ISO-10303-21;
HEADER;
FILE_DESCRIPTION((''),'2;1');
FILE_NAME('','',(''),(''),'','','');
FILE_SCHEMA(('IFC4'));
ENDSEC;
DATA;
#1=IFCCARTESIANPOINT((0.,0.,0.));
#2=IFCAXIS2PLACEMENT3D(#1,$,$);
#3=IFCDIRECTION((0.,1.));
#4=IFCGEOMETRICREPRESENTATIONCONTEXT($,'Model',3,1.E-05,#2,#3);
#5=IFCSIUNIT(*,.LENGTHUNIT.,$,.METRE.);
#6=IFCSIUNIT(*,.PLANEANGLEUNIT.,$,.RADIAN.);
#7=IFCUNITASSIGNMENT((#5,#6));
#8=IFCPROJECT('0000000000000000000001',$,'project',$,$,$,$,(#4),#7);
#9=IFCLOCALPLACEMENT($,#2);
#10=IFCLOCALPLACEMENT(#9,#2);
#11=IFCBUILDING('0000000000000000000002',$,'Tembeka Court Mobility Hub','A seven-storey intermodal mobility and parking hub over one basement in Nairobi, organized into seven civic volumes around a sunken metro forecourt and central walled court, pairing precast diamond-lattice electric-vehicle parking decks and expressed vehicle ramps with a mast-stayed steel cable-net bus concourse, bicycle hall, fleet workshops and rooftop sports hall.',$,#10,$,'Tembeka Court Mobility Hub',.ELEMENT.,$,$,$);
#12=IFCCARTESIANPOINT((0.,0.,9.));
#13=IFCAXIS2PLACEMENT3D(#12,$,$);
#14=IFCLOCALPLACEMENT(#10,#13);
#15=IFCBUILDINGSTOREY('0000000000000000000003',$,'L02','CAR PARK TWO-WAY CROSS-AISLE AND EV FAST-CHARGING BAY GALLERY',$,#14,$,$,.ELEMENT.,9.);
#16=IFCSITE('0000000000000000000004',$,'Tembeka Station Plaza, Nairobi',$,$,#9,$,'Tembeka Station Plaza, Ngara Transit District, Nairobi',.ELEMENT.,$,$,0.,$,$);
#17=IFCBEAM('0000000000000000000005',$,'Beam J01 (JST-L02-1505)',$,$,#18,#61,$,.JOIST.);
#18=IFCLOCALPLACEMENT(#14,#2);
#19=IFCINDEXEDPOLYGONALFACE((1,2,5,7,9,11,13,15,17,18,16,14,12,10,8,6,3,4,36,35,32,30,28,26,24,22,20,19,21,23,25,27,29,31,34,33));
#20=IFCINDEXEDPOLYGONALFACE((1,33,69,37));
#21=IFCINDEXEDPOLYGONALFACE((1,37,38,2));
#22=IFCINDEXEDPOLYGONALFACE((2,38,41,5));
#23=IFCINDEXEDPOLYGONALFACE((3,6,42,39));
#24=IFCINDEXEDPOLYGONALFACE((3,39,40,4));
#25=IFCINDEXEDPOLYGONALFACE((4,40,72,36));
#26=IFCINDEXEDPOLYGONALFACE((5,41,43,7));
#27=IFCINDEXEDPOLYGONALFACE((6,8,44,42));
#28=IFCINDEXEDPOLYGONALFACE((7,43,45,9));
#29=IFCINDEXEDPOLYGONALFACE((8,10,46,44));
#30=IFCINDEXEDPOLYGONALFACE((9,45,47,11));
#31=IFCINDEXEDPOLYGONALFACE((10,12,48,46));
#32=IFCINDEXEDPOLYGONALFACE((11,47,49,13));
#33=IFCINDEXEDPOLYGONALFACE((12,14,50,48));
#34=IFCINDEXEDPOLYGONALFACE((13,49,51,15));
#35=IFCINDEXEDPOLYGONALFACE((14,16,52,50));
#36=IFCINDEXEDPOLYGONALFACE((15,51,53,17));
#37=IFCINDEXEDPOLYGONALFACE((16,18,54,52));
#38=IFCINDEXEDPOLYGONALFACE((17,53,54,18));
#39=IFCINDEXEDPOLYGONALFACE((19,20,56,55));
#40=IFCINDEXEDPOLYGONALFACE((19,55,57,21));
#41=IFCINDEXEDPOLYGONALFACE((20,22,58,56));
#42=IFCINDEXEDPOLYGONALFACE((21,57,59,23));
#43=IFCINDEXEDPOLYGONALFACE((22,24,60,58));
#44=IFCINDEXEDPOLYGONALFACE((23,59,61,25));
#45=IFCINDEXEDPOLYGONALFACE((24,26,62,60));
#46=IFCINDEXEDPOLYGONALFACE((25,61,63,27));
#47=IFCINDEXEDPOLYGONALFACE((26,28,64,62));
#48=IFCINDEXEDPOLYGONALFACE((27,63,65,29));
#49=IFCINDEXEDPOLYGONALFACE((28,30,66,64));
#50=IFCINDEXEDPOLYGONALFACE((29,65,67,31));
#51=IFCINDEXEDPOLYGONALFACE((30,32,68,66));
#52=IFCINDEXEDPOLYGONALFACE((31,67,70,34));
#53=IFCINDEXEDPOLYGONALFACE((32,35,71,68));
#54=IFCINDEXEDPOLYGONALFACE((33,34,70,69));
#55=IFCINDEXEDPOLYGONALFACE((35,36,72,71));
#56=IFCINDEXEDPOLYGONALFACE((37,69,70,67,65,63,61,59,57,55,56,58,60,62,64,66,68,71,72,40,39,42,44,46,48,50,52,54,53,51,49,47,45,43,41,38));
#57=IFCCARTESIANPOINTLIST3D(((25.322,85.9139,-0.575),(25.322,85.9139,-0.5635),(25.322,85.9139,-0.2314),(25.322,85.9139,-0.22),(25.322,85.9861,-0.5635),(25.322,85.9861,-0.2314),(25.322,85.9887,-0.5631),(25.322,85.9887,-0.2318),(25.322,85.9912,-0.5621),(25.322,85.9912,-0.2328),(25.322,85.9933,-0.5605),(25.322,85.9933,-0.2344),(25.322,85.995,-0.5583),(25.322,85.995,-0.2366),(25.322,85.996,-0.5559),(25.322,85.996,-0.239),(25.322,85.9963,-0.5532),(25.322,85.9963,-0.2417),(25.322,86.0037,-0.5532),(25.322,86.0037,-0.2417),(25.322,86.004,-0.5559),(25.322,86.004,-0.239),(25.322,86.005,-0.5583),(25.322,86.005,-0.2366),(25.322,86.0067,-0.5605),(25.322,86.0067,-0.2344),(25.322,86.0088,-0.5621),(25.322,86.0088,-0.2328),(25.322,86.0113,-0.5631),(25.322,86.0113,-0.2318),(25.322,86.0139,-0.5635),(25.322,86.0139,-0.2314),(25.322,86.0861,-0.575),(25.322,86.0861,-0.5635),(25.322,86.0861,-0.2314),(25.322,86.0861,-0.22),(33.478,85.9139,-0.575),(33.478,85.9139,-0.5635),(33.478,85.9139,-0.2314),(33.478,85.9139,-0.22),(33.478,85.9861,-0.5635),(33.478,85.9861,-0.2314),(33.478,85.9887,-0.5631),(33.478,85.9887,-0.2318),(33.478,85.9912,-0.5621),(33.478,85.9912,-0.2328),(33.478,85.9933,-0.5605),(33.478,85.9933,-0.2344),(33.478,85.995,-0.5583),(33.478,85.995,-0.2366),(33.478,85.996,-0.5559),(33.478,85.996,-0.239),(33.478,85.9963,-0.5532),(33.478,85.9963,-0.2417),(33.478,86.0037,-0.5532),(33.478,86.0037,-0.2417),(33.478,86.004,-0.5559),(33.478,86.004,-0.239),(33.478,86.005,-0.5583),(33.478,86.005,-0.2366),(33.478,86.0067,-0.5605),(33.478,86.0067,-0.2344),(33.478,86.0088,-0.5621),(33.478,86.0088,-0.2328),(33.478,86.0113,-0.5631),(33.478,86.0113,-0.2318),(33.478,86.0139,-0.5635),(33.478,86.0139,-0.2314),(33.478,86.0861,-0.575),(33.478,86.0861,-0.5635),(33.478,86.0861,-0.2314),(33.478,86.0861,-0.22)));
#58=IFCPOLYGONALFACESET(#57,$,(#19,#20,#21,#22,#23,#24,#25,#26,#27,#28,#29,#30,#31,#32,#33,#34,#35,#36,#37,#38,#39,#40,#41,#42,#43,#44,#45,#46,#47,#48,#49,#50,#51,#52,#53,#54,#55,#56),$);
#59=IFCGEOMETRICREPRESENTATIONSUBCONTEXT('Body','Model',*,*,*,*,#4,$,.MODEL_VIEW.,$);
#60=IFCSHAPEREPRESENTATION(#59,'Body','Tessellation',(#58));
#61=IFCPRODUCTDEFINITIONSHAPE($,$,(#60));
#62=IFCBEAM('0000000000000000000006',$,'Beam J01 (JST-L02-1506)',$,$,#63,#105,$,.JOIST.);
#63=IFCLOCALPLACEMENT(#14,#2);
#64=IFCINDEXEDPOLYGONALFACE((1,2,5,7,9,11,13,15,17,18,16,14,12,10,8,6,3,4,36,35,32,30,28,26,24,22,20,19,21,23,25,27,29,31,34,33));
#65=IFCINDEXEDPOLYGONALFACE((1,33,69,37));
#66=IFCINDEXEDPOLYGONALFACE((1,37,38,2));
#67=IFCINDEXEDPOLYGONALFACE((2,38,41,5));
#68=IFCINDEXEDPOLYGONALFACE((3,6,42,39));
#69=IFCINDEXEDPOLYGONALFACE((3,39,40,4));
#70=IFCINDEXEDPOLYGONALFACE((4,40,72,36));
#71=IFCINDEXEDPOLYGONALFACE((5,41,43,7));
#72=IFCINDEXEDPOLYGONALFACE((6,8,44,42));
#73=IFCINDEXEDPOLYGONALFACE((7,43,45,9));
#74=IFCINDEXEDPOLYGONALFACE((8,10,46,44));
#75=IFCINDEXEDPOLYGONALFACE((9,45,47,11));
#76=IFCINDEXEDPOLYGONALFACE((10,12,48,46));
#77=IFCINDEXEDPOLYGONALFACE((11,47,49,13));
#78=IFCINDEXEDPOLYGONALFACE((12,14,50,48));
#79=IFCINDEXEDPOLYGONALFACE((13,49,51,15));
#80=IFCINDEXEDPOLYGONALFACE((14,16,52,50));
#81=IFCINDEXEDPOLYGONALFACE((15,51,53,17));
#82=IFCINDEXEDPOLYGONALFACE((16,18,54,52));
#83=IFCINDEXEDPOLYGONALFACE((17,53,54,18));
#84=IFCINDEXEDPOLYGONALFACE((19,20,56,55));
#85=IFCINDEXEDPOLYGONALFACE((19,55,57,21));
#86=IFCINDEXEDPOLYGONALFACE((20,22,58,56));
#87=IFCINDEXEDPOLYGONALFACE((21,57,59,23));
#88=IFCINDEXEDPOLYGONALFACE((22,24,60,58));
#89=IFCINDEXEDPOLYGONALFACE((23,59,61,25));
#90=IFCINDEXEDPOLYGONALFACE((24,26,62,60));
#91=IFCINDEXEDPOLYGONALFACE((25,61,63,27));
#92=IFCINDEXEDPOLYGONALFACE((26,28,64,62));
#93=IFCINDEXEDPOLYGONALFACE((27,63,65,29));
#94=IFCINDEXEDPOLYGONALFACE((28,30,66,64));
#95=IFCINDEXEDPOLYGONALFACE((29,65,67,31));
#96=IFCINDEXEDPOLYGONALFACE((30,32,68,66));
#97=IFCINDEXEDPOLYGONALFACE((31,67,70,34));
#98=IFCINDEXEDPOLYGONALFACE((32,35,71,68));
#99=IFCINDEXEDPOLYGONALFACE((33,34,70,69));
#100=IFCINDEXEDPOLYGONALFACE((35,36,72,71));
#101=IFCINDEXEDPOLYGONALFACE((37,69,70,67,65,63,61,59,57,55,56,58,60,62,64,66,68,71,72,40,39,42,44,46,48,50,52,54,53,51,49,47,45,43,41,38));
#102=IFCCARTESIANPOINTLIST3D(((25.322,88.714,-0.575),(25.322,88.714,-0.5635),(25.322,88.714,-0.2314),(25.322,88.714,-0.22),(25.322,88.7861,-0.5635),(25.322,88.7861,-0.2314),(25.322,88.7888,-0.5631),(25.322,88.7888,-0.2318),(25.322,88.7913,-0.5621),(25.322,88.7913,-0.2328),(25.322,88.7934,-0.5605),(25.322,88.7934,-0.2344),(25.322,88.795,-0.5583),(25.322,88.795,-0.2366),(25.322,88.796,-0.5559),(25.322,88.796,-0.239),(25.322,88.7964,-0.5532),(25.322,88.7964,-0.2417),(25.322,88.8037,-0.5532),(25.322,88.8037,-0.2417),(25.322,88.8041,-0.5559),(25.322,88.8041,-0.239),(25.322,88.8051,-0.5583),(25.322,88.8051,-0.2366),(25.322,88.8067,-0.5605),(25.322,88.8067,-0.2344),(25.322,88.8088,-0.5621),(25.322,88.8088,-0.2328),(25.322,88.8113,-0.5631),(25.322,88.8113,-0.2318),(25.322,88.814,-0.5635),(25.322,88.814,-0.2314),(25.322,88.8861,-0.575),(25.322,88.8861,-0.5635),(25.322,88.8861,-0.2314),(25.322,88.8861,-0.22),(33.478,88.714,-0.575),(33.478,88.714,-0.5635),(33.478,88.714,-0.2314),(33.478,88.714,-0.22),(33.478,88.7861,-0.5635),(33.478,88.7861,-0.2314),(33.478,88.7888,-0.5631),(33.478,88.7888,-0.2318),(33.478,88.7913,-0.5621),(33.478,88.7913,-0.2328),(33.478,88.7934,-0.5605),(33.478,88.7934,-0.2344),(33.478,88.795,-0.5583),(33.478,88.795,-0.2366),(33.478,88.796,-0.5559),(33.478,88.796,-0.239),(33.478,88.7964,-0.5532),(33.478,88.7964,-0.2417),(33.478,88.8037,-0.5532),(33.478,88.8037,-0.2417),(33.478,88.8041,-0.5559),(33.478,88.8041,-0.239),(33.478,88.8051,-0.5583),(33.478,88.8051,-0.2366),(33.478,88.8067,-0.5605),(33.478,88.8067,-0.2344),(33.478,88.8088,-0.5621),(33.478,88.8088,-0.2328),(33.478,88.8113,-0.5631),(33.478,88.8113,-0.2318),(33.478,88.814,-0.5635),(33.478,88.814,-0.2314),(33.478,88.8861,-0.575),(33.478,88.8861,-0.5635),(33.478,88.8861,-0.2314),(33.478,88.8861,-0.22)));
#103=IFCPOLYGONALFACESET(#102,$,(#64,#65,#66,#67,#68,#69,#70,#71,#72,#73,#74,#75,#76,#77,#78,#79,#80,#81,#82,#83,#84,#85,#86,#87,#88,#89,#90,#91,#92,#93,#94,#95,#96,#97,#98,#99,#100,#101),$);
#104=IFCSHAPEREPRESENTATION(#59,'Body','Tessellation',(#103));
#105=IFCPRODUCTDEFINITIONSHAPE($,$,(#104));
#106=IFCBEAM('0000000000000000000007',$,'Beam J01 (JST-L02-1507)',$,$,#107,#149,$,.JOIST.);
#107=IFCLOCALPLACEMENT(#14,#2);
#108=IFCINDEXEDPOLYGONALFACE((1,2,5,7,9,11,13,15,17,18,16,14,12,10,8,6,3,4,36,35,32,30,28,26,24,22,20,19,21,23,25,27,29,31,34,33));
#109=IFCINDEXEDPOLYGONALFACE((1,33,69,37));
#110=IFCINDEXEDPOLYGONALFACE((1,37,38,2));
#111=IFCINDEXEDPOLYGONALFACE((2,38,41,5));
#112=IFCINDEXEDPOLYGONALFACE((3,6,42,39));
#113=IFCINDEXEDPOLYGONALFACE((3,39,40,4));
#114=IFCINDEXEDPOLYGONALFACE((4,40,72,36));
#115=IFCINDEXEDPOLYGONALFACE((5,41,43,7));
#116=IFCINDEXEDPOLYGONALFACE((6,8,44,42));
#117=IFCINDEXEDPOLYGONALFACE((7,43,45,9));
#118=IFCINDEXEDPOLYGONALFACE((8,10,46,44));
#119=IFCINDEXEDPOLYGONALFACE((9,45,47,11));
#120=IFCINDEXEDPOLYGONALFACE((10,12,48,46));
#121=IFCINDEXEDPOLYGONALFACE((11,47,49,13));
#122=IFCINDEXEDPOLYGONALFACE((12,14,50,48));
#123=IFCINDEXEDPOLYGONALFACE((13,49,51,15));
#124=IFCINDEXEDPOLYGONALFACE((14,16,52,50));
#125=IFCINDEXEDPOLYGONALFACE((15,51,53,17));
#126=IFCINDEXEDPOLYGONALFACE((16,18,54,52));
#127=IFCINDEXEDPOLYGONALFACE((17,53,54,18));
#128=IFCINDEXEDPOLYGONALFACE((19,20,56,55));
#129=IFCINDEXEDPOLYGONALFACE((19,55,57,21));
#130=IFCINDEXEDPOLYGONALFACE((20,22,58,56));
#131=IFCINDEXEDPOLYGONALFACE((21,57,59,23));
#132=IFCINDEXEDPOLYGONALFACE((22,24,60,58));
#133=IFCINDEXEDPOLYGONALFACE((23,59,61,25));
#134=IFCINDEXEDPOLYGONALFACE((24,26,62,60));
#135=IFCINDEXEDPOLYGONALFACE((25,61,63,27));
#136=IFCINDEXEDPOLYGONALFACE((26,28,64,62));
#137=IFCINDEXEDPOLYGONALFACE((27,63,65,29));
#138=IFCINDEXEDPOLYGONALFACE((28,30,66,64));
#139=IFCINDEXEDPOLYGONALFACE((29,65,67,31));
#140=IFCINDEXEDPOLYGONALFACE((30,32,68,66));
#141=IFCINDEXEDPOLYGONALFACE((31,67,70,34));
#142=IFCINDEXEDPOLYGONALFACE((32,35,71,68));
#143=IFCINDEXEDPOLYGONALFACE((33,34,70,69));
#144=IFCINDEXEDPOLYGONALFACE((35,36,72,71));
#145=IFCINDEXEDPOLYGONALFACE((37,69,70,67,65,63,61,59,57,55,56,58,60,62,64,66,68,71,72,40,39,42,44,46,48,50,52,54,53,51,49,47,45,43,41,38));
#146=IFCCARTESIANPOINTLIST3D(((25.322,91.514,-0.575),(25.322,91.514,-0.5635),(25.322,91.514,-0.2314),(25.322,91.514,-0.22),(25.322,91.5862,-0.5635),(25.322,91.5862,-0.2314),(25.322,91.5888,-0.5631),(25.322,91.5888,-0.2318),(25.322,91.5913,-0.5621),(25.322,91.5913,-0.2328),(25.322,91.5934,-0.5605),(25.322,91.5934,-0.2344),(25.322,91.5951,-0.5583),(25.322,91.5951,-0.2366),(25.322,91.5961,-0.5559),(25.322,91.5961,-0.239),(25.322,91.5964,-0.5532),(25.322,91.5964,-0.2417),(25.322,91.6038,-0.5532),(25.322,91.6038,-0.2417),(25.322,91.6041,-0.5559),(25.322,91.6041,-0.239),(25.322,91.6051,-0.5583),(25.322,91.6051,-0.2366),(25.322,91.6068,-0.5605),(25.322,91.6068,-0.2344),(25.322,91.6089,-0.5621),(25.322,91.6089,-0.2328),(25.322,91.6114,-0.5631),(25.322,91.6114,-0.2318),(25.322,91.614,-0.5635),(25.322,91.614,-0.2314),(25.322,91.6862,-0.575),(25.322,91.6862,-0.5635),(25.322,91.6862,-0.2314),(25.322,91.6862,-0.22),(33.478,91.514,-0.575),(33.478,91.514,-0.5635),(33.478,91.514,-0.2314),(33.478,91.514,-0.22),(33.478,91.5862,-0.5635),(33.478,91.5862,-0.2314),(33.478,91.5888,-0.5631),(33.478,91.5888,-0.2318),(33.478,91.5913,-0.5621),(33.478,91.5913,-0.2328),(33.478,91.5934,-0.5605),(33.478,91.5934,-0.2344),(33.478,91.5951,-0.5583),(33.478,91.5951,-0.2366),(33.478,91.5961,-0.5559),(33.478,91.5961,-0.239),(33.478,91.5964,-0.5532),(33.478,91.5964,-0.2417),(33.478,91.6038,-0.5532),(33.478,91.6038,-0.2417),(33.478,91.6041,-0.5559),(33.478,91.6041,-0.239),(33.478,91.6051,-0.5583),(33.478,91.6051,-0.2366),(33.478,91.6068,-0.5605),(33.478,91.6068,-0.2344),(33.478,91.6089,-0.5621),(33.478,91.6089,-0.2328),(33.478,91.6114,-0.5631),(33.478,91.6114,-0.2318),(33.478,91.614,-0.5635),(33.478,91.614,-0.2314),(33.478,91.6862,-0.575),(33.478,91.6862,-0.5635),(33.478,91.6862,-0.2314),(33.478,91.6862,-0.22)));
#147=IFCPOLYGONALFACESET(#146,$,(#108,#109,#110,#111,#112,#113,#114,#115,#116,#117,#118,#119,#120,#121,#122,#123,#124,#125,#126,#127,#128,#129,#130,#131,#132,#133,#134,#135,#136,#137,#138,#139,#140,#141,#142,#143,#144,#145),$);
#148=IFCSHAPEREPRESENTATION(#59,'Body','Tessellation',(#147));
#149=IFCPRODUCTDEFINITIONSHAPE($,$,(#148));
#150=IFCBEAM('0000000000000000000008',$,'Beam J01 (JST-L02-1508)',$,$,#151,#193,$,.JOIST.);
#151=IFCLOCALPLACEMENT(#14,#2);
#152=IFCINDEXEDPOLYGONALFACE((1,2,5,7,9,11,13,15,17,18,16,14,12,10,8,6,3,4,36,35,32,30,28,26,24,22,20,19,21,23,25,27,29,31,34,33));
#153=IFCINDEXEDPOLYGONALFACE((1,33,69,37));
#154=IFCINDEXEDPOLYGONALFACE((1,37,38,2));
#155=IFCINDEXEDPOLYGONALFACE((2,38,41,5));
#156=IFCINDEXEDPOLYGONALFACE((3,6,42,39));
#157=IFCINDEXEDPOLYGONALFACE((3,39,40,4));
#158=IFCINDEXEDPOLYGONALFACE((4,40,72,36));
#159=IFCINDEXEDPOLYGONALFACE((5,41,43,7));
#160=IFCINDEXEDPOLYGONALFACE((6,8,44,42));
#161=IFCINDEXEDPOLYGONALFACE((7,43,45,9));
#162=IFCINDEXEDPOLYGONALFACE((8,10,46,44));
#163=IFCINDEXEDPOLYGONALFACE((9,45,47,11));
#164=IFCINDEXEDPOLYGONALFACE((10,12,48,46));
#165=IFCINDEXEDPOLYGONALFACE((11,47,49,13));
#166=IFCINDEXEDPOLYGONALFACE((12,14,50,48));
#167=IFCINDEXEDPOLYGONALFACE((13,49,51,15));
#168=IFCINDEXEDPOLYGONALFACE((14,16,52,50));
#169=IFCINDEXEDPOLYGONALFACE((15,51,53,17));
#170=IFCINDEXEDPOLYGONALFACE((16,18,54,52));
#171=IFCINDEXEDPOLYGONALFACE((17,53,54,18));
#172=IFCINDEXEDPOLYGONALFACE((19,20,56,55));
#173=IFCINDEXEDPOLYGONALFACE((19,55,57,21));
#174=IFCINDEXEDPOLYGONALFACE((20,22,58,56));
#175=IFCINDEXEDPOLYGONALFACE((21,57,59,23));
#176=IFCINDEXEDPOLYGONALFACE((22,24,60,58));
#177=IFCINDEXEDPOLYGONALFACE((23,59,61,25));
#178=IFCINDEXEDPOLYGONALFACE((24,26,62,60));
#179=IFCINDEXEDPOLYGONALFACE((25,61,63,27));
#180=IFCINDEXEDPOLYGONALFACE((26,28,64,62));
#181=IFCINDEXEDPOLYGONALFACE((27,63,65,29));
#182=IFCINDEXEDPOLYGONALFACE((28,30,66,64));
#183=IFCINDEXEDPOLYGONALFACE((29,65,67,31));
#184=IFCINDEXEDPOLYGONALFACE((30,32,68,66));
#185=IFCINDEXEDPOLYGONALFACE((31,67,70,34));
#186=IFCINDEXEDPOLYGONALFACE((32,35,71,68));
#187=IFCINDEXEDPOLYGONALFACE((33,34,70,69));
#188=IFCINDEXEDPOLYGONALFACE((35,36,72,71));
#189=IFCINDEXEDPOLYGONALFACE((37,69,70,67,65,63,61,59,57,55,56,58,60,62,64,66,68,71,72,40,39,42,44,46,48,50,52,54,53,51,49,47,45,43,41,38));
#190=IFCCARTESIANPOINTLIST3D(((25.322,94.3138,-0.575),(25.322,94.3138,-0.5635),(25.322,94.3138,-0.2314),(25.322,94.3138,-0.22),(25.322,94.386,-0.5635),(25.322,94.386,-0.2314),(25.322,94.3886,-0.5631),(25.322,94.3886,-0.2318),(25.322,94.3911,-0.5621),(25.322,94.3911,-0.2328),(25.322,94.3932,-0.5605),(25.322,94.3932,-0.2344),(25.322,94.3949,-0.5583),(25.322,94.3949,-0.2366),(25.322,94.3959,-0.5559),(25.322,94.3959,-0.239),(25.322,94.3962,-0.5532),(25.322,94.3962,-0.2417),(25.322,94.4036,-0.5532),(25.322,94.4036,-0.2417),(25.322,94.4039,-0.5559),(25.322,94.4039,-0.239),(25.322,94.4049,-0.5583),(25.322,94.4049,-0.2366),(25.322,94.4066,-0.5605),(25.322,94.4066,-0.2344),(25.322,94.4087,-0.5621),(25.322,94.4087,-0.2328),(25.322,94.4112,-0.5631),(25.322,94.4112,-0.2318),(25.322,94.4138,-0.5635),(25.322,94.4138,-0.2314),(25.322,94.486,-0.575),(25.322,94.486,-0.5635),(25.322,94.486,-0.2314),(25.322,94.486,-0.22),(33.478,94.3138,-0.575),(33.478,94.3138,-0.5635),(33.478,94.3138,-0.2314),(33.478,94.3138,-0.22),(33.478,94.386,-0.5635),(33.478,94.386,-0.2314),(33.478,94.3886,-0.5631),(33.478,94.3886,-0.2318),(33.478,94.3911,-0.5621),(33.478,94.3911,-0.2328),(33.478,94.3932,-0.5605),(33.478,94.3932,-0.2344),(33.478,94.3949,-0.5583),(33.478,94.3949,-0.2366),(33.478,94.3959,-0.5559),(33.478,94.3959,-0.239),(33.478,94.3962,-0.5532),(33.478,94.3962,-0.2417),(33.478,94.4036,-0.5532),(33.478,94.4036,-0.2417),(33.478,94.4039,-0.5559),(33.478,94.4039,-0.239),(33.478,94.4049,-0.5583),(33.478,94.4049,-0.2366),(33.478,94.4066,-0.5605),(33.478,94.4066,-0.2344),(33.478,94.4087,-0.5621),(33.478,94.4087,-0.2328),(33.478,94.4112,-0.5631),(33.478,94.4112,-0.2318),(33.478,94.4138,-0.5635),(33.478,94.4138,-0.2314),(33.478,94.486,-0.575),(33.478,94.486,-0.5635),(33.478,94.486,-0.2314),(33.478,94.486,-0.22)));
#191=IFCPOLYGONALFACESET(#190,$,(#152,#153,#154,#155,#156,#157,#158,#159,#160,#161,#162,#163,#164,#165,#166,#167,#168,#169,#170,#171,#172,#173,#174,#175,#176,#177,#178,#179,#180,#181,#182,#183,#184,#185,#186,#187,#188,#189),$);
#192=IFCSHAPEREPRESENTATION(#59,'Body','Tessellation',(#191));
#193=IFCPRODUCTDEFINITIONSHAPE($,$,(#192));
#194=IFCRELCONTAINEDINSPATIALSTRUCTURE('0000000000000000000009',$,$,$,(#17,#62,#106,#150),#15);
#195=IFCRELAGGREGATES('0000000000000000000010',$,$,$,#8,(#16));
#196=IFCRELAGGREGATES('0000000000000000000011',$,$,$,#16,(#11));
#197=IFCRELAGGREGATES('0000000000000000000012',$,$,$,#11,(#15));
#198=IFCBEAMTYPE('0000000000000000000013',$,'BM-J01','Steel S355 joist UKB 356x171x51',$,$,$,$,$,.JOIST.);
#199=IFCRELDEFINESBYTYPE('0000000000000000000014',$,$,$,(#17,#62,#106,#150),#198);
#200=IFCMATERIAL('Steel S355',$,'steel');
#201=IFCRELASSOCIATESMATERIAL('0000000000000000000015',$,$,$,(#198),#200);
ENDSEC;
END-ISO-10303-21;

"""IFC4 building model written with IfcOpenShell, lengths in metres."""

from ifc_helpers import new_model, si_unit, direction, frame, origin, origin_2d, place, context, subcontext, project, spatial, i_section, extrude, material, material_profile, profile_set, type_object, element, save


model = new_model("IFC4")

# Units and contexts
model_context = context("Model", 3, precision=1e-05, world=origin(), true_north=direction((0.0, 1.0)))
body_context = subcontext(model_context, "Body", "Model", "MODEL_VIEW")
ifc_project = project(units=[si_unit("LENGTHUNIT", "METRE"), si_unit("PLANEANGLEUNIT", "RADIAN")], contexts=[model_context])

# Site, building, storey
site_placement = place(None, origin())
site = spatial("IfcSite", under=ifc_project, at=site_placement, Name="Tembeka Station Plaza, Nairobi", LongName="Tembeka Station Plaza, Ngara Transit District, Nairobi", CompositionType="ELEMENT", RefElevation=0.0)
building_placement = place(site_placement, origin())
building = spatial("IfcBuilding", under=site, at=building_placement, Name="Tembeka Court Mobility Hub", Description="A seven-storey intermodal mobility and parking hub over one basement in Nairobi, organized into seven civic volumes around a sunken metro forecourt and central walled court, pairing precast diamond-lattice electric-vehicle parking decks and expressed vehicle ramps with a mast-stayed steel cable-net bus concourse, bicycle hall, fleet workshops and rooftop sports hall.", LongName="Tembeka Court Mobility Hub", CompositionType="ELEMENT")
storey_placement = place(building_placement, frame((0.0, 0.0, 9.0)))
storey = spatial("IfcBuildingStorey", under=building, at=storey_placement, Name="L02", Description="CAR PARK TWO-WAY CROSS-AISLE AND EV FAST-CHARGING BAY GALLERY", CompositionType="ELEMENT", Elevation=9.0)

# Shared definitions
ifc_material_1 = material(Name="Steel S355", Category="steel")

# Beams
ifc_material_profile_1 = material_profile(ifc_material_1, i_section(OverallWidth=0.1721, OverallDepth=0.355, WebThickness=0.0073, FlangeThickness=0.0115, FilletRadius=0.0103, at=origin_2d()), Name="UKB 356x171x51")
ifc_profile_set_1 = profile_set([ifc_material_profile_1], Name="Steel S355")
beam_type_1 = type_object("IfcBeamType", Name="BM-J01", Description="Steel S355 joist UKB 356x171x51", PredefinedType="JOIST", material=ifc_profile_set_1)
for number, where, z_axis, x_axis, name in (
    (1, (25.322, 86.0, -0.3975), (1.0, 0.0, 0.0), (0.0, 1.0, 0.0), "Beam J01 (JST-L02-1505)"),
    (2, (25.322, 88.8, -0.3975), (1.0, 0.0, 0.0), (0.0, 1.0, 0.0), "Beam J01 (JST-L02-1506)"),
    (3, (25.322, 91.6001, -0.3975), (1.0, 0.0, 0.0), (0.0, 1.0, 0.0), "Beam J01 (JST-L02-1507)"),
    (4, (25.322, 94.3999, -0.3975), (1.0, 0.0, 0.0), (0.0, 1.0, 0.0), "Beam J01 (JST-L02-1508)"),
):
    element("IfcBeam", number, at=place(storey_placement, frame(where, z_axis=z_axis, x_axis=x_axis)), inside=storey, type_object=beam_type_1, Name=name, PredefinedType="JOIST", context=body_context, shape_type="SweptSolid", body=[
        extrude(i_section(OverallWidth=0.1721, OverallDepth=0.355, WebThickness=0.0073, FlangeThickness=0.0115, FilletRadius=0.0103, at=origin_2d()), origin(), (0.0, 0.0, 1.0), 8.156),
    ])

save(model, "model.ifc")
